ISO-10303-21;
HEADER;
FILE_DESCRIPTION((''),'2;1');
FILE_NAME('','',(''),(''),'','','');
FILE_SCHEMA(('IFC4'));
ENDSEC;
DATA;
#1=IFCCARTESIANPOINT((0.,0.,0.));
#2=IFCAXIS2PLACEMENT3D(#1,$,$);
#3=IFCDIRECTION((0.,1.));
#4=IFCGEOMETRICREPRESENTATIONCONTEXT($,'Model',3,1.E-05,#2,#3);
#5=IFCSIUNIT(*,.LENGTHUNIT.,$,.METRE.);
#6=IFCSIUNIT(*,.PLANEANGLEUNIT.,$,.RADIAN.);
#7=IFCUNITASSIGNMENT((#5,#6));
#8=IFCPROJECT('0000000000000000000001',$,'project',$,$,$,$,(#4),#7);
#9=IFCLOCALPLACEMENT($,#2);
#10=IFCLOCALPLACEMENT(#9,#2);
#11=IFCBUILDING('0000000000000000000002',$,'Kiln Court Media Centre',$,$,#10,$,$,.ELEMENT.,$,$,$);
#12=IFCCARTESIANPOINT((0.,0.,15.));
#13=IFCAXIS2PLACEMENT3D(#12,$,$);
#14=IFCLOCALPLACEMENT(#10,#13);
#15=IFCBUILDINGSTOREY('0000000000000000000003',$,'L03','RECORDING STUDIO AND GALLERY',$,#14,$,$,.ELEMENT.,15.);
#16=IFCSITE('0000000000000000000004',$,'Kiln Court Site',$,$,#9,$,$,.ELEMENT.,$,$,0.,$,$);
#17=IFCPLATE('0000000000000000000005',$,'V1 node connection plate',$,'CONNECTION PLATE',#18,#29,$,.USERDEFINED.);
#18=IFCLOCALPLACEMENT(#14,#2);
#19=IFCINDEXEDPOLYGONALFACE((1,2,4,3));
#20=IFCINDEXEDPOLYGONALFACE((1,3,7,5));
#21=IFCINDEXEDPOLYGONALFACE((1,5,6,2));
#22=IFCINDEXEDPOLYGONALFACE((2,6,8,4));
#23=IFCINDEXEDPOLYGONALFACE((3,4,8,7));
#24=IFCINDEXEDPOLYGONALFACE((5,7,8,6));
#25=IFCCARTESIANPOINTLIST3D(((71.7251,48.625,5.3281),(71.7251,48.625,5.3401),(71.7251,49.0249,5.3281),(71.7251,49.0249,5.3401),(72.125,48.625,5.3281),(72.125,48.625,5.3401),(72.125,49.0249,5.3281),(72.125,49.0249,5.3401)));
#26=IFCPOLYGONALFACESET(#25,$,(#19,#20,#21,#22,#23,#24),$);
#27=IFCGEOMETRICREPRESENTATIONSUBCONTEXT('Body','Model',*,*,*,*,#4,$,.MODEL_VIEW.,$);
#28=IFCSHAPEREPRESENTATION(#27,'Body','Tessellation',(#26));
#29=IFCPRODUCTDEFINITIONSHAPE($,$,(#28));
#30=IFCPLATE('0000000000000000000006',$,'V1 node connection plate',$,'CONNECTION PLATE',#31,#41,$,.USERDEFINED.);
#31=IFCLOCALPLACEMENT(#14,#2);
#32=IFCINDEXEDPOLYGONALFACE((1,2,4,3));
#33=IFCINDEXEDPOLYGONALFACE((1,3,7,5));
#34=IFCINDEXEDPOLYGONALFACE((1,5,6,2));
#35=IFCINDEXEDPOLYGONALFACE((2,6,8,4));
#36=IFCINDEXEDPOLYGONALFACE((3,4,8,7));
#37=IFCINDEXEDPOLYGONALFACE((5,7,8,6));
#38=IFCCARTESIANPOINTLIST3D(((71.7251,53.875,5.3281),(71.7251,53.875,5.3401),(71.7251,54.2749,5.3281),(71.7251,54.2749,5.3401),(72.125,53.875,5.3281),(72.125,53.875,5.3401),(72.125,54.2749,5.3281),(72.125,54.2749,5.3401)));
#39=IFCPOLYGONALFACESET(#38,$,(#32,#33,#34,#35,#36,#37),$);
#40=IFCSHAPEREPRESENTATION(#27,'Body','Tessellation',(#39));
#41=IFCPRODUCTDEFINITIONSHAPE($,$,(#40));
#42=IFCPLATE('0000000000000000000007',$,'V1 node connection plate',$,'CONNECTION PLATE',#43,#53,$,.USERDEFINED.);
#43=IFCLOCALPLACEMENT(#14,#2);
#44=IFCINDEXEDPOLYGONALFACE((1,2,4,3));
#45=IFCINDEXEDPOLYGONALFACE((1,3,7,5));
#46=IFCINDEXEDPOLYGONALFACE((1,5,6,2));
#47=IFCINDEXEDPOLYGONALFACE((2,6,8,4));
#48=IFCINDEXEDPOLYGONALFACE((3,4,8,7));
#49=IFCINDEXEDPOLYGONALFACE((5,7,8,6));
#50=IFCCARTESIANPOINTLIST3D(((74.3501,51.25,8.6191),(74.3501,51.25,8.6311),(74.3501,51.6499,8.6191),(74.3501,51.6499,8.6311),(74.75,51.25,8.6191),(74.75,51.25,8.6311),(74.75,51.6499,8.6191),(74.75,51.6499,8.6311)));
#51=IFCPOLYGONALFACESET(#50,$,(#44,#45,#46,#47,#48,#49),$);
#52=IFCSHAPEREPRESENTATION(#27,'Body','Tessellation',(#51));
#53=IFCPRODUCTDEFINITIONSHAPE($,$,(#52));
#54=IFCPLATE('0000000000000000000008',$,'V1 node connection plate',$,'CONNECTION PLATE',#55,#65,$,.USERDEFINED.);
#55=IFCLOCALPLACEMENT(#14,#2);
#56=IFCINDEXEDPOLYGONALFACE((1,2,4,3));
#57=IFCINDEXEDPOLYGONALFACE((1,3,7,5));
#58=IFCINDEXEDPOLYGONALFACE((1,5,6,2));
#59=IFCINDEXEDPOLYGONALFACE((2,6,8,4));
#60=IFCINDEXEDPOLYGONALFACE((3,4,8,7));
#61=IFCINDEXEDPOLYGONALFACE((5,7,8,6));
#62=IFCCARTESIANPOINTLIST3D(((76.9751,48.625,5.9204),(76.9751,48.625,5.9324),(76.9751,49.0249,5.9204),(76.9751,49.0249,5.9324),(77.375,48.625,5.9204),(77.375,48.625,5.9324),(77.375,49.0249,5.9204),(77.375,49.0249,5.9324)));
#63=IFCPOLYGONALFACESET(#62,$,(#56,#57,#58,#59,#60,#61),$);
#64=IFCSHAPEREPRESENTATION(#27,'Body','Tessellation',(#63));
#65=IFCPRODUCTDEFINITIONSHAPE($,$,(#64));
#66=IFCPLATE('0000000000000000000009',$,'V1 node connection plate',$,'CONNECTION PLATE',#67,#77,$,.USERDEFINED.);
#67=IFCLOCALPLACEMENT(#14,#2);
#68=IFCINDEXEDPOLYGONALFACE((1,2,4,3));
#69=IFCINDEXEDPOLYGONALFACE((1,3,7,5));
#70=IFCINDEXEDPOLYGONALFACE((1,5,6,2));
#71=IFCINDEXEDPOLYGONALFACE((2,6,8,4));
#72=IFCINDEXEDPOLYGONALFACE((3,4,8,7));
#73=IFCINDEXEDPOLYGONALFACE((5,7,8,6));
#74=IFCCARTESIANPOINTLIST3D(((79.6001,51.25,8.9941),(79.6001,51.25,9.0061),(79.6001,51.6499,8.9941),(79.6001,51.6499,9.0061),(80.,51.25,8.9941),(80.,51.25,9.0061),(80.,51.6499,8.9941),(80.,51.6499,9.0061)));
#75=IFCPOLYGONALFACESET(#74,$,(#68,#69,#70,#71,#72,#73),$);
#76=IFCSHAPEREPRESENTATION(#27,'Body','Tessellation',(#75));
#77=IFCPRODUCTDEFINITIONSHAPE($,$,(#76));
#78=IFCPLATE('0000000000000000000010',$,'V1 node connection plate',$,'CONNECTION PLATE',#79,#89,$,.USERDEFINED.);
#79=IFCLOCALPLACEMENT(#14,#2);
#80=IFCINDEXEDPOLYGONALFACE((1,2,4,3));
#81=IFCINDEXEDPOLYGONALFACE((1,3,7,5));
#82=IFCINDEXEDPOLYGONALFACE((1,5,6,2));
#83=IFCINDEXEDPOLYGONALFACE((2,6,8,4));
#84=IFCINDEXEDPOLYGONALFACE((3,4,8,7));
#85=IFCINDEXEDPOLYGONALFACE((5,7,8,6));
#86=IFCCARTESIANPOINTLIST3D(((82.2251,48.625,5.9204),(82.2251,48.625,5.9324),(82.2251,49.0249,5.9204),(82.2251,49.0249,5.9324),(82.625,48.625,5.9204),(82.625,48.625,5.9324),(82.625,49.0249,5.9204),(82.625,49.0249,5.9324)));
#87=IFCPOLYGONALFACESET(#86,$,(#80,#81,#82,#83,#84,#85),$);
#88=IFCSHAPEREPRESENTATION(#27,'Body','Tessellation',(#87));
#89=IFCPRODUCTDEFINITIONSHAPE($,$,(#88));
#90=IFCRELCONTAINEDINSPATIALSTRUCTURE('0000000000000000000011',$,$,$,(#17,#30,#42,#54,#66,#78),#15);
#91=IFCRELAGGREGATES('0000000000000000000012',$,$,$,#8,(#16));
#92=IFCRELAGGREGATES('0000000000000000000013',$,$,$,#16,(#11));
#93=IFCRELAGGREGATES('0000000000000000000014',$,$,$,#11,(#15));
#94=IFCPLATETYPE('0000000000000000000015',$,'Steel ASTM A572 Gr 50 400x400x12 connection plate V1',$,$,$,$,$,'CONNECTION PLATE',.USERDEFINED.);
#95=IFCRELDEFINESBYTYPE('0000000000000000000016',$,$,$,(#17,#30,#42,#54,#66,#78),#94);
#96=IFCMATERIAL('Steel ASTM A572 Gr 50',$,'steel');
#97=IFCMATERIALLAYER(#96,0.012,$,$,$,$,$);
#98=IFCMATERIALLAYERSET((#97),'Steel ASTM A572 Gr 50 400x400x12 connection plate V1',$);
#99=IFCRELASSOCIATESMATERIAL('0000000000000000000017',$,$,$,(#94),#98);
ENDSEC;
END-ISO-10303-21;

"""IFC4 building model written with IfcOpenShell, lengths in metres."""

from ifc_helpers import new_model, si_unit, direction, frame, origin, origin_2d, place, context, subcontext, project, spatial, rectangle, extrude, material, layer, layer_set, type_object, element, save


model = new_model("IFC4")

# Units and contexts
model_context = context("Model", 3, precision=1e-05, world=origin(), true_north=direction((0.0, 1.0)))
body_context = subcontext(model_context, "Body", "Model", "MODEL_VIEW")
ifc_project = project(units=[si_unit("LENGTHUNIT", "METRE"), si_unit("PLANEANGLEUNIT", "RADIAN")], contexts=[model_context])

# Site, building, storey
site_placement = place(None, origin())
site = spatial("IfcSite", under=ifc_project, at=site_placement, Name="Kiln Court Site", CompositionType="ELEMENT", RefElevation=0.0)
building_placement = place(site_placement, origin())
building = spatial("IfcBuilding", under=site, at=building_placement, Name="Kiln Court Media Centre", CompositionType="ELEMENT")
storey_placement = place(building_placement, frame((0.0, 0.0, 15.0)))
storey = spatial("IfcBuildingStorey", under=building, at=storey_placement, Name="L03", Description="RECORDING STUDIO AND GALLERY", CompositionType="ELEMENT", Elevation=15.0)

# Plates
ifc_material_1 = material(Name="Steel ASTM A572 Gr 50", Category="steel")
ifc_layer_1 = layer(ifc_material_1, 0.012)
ifc_layer_set_1 = layer_set([ifc_layer_1], Name="Steel ASTM A572 Gr 50 400x400x12 connection plate V1")
plate_type_1 = type_object("IfcPlateType", Name="Steel ASTM A572 Gr 50 400x400x12 connection plate V1", ElementType="CONNECTION PLATE", PredefinedType="USERDEFINED", material=ifc_layer_set_1)
for number, where, z_axis, x_axis, name in (
    (1, (71.925, 48.825, 5.3281), (0.0, 0.0, 1.0), (1.0, 0.0, 0.0), "V1 node connection plate"),
    (2, (71.925, 54.075, 5.3281), (0.0, 0.0, 1.0), (1.0, 0.0, 0.0), "V1 node connection plate"),
    (3, (74.55, 51.45, 8.6191), (0.0, 0.0, 1.0), (1.0, 0.0, 0.0), "V1 node connection plate"),
    (4, (77.175, 48.825, 5.9204), (0.0, 0.0, 1.0), (1.0, 0.0, 0.0), "V1 node connection plate"),
    (5, (79.8, 51.45, 8.9941), (0.0, 0.0, 1.0), (1.0, 0.0, 0.0), "V1 node connection plate"),
    (6, (82.425, 48.825, 5.9204), (0.0, 0.0, 1.0), (1.0, 0.0, 0.0), "V1 node connection plate"),
):
    element("IfcPlate", number, at=place(storey_placement, frame(where, z_axis=z_axis, x_axis=x_axis)), inside=storey, type_object=plate_type_1, Name=name, ObjectType="CONNECTION PLATE", PredefinedType="USERDEFINED", context=body_context, shape_type="SweptSolid", body=[
        extrude(rectangle(XDim=0.3999, YDim=0.3999, at=origin_2d()), origin(), (0.0, 0.0, 1.0), 0.012),
    ])

save(model, "model.ifc")
